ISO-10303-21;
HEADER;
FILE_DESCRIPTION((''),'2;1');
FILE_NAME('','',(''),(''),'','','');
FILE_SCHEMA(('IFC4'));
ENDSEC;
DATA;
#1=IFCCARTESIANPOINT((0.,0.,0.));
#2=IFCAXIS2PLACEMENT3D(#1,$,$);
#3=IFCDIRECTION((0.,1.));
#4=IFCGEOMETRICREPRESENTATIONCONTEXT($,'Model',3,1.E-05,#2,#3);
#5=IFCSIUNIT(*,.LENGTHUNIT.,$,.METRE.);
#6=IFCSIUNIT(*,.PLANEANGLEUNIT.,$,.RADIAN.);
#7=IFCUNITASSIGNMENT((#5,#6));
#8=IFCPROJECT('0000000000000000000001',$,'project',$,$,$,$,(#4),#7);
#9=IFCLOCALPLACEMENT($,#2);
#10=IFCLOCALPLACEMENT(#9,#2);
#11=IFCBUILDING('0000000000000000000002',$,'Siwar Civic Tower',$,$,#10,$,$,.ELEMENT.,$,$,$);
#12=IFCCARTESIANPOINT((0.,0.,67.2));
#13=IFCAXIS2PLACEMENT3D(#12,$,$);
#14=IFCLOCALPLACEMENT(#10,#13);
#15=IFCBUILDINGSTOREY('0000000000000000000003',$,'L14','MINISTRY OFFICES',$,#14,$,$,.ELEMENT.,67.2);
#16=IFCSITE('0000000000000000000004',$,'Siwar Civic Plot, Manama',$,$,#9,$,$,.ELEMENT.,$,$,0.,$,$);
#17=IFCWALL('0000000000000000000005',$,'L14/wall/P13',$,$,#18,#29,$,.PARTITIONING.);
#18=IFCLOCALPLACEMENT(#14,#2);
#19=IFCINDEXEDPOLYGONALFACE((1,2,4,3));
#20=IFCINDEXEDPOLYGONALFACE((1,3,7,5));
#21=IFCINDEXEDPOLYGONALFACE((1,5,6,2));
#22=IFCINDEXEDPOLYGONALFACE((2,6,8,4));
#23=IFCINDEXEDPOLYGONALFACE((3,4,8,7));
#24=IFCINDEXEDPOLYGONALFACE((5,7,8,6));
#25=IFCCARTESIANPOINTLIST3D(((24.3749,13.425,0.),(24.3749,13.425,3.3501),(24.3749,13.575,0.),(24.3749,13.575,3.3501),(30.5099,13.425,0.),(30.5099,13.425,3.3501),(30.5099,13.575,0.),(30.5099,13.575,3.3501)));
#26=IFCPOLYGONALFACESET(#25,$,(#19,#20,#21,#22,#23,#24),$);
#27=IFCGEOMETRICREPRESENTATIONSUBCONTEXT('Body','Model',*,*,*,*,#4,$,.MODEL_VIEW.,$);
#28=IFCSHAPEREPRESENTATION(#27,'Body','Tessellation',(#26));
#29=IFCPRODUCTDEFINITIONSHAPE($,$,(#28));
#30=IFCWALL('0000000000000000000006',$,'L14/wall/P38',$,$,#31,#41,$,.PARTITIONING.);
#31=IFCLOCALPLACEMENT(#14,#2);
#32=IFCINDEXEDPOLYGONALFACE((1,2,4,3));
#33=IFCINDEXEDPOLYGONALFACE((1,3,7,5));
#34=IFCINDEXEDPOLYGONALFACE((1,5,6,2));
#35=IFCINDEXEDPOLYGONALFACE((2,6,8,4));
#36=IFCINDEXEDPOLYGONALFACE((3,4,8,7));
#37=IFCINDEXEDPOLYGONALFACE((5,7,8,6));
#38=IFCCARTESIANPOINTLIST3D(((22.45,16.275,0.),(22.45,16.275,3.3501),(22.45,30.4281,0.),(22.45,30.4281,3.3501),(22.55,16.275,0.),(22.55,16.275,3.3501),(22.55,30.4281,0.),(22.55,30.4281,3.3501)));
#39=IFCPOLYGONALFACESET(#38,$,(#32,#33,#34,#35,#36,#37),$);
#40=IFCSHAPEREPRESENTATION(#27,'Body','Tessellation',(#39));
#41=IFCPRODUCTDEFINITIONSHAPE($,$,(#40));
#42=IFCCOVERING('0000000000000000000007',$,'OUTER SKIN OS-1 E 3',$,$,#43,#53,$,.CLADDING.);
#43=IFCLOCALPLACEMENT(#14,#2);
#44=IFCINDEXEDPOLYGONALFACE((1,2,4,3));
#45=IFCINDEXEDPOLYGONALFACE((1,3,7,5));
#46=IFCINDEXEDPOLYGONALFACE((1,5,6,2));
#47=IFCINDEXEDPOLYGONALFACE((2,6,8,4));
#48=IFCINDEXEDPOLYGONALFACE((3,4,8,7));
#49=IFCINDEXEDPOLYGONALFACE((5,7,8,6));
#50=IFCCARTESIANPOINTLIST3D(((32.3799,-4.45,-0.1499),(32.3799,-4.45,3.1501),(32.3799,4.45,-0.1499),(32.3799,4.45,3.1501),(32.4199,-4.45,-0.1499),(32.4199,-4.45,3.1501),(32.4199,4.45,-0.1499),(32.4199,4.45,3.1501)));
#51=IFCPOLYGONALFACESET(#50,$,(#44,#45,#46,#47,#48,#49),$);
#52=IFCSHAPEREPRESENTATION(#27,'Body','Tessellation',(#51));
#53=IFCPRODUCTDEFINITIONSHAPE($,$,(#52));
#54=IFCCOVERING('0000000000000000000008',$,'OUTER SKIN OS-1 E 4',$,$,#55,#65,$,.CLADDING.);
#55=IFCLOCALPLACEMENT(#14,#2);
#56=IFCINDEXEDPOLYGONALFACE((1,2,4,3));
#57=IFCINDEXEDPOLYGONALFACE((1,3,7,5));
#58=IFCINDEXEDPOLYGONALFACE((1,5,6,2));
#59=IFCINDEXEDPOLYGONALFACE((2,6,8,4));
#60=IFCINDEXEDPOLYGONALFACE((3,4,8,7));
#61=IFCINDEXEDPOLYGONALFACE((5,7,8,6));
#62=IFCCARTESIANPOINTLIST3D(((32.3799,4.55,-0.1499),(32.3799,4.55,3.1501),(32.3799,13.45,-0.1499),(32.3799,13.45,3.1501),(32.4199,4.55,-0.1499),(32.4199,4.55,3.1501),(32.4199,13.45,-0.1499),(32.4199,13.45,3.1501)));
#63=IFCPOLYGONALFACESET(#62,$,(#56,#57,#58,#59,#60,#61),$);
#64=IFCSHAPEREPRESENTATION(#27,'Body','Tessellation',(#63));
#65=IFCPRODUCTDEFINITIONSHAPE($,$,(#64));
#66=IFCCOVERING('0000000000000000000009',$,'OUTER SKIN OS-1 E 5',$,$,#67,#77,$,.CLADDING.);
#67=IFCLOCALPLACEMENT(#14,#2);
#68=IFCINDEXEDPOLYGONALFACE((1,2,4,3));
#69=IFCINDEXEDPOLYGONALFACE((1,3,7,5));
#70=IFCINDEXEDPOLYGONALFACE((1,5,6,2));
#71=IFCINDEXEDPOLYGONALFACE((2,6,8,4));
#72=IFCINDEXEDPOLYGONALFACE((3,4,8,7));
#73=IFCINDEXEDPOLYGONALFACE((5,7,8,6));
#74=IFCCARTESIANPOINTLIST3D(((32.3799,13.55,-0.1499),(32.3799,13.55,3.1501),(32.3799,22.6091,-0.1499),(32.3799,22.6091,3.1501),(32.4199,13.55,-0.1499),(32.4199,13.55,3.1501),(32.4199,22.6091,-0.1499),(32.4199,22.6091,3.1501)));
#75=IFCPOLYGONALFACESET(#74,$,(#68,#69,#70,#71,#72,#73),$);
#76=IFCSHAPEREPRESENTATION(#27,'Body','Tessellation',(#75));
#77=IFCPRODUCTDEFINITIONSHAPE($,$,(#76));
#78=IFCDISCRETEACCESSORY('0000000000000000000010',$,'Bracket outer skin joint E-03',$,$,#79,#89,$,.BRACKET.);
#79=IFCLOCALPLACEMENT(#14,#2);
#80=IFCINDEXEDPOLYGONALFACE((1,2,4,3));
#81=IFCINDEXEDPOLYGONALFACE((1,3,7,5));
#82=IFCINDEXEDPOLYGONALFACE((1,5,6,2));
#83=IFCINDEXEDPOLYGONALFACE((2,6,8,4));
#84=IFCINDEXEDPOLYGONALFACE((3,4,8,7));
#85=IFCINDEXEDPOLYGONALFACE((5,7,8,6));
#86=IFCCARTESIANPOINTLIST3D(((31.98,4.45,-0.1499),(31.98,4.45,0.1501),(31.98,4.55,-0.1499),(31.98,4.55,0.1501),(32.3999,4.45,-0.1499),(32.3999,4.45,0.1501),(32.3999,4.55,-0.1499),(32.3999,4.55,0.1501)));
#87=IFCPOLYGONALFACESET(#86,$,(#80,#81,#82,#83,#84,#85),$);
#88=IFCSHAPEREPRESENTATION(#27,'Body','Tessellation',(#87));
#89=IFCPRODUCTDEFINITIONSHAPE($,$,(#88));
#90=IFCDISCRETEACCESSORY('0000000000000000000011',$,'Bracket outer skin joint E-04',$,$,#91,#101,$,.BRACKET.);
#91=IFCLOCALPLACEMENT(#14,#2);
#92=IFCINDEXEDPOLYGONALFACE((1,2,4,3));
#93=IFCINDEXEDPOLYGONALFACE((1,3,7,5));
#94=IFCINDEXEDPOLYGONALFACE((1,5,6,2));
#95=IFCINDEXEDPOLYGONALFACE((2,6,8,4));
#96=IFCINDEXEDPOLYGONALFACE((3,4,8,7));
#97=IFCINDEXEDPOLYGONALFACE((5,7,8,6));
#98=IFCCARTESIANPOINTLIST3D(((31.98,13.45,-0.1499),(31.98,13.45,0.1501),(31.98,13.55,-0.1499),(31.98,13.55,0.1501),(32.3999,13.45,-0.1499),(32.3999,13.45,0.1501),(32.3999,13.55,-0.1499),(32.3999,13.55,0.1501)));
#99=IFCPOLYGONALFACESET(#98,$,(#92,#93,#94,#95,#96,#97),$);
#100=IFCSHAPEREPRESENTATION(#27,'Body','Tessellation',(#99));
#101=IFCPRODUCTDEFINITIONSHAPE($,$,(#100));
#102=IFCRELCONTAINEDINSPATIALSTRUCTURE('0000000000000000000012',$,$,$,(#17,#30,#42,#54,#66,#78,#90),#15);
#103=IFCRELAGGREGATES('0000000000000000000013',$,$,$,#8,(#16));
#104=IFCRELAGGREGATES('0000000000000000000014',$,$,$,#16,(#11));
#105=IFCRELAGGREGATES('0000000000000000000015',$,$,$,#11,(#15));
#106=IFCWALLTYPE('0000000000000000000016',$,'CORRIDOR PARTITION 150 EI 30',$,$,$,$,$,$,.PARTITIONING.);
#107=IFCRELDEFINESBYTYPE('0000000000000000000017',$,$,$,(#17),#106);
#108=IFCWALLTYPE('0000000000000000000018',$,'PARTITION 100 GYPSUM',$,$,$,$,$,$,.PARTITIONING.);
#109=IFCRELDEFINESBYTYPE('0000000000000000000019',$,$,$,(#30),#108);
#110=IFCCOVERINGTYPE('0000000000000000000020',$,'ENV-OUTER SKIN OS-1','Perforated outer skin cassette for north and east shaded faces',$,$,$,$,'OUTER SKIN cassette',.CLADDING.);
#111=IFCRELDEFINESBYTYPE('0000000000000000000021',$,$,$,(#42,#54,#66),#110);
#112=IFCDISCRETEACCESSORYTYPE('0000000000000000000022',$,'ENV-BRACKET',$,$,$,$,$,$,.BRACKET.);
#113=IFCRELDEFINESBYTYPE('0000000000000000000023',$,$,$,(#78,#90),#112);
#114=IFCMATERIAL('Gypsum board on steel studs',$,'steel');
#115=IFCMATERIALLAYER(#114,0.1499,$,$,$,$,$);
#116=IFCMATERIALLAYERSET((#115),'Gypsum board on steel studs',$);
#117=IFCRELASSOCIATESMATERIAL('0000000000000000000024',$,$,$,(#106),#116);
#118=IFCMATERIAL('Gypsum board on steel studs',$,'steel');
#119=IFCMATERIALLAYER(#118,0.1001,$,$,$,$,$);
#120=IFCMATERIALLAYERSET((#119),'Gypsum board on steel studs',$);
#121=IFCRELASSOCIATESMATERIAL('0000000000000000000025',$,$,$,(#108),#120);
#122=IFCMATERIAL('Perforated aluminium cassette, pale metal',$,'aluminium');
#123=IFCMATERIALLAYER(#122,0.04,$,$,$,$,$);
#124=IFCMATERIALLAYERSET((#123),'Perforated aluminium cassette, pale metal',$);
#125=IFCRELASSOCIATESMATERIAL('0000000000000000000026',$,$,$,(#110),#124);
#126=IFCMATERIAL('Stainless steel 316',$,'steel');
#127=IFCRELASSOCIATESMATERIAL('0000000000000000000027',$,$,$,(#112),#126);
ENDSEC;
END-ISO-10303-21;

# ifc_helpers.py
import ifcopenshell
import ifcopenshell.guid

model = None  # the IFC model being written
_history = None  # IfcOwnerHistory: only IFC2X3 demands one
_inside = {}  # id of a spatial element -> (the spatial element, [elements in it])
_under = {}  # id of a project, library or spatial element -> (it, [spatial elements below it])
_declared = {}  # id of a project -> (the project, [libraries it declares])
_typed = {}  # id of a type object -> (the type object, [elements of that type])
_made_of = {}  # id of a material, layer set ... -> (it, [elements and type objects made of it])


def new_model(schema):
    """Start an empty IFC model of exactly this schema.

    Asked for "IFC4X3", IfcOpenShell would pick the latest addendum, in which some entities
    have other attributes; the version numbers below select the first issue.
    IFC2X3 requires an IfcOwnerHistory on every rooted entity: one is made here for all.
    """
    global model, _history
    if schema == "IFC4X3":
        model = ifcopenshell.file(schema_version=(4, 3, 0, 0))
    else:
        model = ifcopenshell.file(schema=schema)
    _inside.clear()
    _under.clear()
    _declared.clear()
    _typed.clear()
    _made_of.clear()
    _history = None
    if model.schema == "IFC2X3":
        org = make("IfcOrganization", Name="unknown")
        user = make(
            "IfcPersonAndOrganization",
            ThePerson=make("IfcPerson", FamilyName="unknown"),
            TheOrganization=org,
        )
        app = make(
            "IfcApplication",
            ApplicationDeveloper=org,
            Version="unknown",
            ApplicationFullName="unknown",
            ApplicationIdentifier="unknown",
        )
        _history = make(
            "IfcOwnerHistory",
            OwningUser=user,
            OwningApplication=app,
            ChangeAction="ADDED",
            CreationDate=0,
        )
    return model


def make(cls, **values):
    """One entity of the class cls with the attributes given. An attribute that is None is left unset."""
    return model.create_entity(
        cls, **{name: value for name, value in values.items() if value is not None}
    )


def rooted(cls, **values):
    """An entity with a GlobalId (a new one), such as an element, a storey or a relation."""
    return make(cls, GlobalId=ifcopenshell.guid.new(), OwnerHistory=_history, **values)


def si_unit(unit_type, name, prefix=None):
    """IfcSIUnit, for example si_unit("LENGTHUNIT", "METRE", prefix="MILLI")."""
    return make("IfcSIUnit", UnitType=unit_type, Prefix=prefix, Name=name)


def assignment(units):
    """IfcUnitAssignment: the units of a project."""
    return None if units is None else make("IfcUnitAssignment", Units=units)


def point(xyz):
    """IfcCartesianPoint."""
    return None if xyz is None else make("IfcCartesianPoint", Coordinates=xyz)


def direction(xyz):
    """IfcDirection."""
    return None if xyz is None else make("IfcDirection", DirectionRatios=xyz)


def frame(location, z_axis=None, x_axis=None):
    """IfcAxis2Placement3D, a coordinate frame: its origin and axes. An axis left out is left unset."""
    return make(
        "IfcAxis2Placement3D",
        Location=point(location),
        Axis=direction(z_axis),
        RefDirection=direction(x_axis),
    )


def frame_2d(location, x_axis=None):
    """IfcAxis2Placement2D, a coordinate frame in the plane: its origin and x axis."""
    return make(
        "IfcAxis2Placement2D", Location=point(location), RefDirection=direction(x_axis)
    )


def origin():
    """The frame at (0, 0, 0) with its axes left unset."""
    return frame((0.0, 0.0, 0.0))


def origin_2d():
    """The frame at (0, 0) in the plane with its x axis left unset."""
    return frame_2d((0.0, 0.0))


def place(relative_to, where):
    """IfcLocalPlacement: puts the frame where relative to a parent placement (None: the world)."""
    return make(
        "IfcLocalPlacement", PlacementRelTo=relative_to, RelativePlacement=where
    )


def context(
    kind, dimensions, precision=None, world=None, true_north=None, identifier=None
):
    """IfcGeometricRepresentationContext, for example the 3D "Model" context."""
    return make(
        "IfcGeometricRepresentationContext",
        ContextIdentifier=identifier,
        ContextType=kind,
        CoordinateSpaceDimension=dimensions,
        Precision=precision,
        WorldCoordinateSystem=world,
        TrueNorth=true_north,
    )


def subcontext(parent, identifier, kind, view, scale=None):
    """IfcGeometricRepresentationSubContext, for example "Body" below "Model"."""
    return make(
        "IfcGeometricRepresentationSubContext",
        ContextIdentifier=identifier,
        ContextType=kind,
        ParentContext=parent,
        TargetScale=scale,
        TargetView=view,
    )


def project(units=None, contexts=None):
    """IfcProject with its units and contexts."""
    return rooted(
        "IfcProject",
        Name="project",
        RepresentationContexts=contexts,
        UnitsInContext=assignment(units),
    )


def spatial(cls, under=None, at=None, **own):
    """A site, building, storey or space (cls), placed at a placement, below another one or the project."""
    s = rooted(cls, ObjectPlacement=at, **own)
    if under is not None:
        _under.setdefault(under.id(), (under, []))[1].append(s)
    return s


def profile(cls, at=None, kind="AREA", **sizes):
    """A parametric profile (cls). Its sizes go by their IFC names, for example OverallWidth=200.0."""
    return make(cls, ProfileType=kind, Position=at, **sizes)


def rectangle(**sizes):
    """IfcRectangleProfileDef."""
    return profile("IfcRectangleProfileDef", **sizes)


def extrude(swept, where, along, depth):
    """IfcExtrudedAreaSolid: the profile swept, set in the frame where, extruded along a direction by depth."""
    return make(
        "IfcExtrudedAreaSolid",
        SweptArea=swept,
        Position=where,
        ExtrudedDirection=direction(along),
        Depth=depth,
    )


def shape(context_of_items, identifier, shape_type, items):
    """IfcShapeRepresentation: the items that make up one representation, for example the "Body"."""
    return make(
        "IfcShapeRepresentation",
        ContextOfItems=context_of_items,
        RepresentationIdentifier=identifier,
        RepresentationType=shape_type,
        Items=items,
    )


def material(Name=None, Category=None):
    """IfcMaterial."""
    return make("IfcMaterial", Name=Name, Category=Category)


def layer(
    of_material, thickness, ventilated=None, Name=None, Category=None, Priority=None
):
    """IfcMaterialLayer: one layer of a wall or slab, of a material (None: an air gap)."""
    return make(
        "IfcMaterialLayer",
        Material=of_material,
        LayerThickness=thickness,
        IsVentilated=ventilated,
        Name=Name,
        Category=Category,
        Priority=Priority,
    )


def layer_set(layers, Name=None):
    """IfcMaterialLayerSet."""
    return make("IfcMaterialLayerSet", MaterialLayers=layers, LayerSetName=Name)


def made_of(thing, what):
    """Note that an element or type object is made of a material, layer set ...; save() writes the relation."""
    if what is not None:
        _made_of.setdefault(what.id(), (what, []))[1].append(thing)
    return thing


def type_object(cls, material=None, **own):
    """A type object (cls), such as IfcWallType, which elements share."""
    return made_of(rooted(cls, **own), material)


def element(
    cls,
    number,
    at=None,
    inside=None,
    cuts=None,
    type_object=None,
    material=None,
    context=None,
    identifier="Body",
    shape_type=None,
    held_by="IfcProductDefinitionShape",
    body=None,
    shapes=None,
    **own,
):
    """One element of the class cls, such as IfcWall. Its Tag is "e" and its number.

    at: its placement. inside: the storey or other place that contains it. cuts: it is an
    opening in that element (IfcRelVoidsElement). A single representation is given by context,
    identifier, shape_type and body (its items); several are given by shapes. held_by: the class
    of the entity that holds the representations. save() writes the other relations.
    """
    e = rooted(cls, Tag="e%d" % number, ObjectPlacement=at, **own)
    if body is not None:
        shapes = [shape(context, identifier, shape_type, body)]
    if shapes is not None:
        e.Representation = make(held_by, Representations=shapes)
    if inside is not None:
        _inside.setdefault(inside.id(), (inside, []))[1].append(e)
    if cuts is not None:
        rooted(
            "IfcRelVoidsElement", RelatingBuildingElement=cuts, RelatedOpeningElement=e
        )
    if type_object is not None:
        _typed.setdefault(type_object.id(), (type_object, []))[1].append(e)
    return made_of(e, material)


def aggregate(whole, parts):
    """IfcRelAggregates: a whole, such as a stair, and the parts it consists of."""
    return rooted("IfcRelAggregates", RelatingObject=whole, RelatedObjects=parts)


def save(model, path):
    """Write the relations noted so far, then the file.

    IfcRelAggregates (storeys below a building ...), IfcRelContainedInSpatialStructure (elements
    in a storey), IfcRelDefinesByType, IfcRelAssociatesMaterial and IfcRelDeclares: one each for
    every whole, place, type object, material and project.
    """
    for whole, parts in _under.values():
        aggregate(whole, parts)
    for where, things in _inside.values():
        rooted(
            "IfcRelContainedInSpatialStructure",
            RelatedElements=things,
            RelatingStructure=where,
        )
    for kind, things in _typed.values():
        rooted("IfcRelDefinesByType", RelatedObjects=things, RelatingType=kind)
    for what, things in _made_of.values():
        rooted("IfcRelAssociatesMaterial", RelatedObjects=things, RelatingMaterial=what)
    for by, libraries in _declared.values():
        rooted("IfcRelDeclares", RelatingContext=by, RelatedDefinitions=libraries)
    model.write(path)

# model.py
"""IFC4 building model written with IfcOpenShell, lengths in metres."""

from ifc_helpers import new_model, si_unit, direction, frame, frame_2d, origin, origin_2d, place, context, subcontext, project, spatial, rectangle, extrude, material, layer, layer_set, type_object, element, save


model = new_model("IFC4")

# Units and contexts
model_context = context("Model", 3, precision=1e-05, world=origin(), true_north=direction((0.0, 1.0)))
body_context = subcontext(model_context, "Body", "Model", "MODEL_VIEW")
ifc_project = project(units=[si_unit("LENGTHUNIT", "METRE"), si_unit("PLANEANGLEUNIT", "RADIAN")], contexts=[model_context])

# Site, building, storey
site_placement = place(None, origin())
site = spatial("IfcSite", under=ifc_project, at=site_placement, Name="Siwar Civic Plot, Manama", CompositionType="ELEMENT", RefElevation=0.0)
building_placement = place(site_placement, origin())
building = spatial("IfcBuilding", under=site, at=building_placement, Name="Siwar Civic Tower", CompositionType="ELEMENT")
storey_placement = place(building_placement, frame((0.0, 0.0, 67.2)))
storey = spatial("IfcBuildingStorey", under=building, at=storey_placement, Name="L14", Description="MINISTRY OFFICES", CompositionType="ELEMENT", Elevation=67.2)

# Walls
ifc_material_1 = material(Name="Gypsum board on steel studs", Category="steel")
ifc_layer_1 = layer(ifc_material_1, 0.1499)
ifc_layer_set_1 = layer_set([ifc_layer_1], Name="Gypsum board on steel studs")
wall_type_1 = type_object("IfcWallType", Name="CORRIDOR PARTITION 150 EI 30", PredefinedType="PARTITIONING", material=ifc_layer_set_1)
wall_1_placement = place(storey_placement, frame((24.375, 13.5, 0.0), z_axis=(0.0, 0.0, 1.0), x_axis=(1.0, 0.0, 0.0)))
element("IfcWall", 1, at=wall_1_placement, inside=storey, type_object=wall_type_1, Name="L14/wall/P13", PredefinedType="PARTITIONING", context=body_context, shape_type="SweptSolid", body=[
    extrude(rectangle(XDim=6.135, YDim=0.1499, at=frame_2d((3.0674, 0.0))), origin(), (0.0, 0.0, 1.0), 3.3501),
])
ifc_material_2 = material(Name="Gypsum board on steel studs", Category="steel")
ifc_layer_2 = layer(ifc_material_2, 0.1001)
ifc_layer_set_2 = layer_set([ifc_layer_2], Name="Gypsum board on steel studs")
wall_type_2 = type_object("IfcWallType", Name="PARTITION 100 GYPSUM", PredefinedType="PARTITIONING", material=ifc_layer_set_2)
wall_2_placement = place(storey_placement, frame((22.5, 16.2749, 0.0), z_axis=(0.0, 0.0, 1.0), x_axis=(0.0, 1.0, 0.0)))
element("IfcWall", 2, at=wall_2_placement, inside=storey, type_object=wall_type_2, Name="L14/wall/P38", PredefinedType="PARTITIONING", context=body_context, shape_type="SweptSolid", body=[
    extrude(rectangle(XDim=14.1531, YDim=0.1001, at=frame_2d((7.0767, 0.0))), origin(), (0.0, 0.0, 1.0), 3.3501),
])

# Coverings
ifc_material_3 = material(Name="Perforated aluminium cassette, pale metal", Category="aluminium")
ifc_layer_3 = layer(ifc_material_3, 0.04)
ifc_layer_set_3 = layer_set([ifc_layer_3], Name="Perforated aluminium cassette, pale metal")
covering_type = type_object("IfcCoveringType", Name="ENV-OUTER SKIN OS-1", Description="Perforated outer skin cassette for north and east shaded faces", ElementType="OUTER SKIN cassette", PredefinedType="CLADDING", material=ifc_layer_set_3)
for number, where, z_axis, x_axis, name in (
    (3, (32.3999, 0.0, -0.1499), (0.0, 0.0, 1.0), (0.0, 1.0, 0.0), "OUTER SKIN OS-1 E 3"),
    (4, (32.3999, 9.0, -0.1499), (0.0, 0.0, 1.0), (0.0, 1.0, 0.0), "OUTER SKIN OS-1 E 4"),
):
    element("IfcCovering", number, at=place(storey_placement, frame(where, z_axis=z_axis, x_axis=x_axis)), inside=storey, type_object=covering_type, Name=name, PredefinedType="CLADDING", context=body_context, shape_type="SweptSolid", body=[
        extrude(rectangle(XDim=8.8999, YDim=0.04, at=origin_2d()), origin(), (0.0, 0.0, 1.0), 3.3),
    ])
covering_placement = place(storey_placement, frame((32.3999, 18.0796, -0.1499), z_axis=(0.0, 0.0, 1.0), x_axis=(0.0, 1.0, 0.0)))
element("IfcCovering", 5, at=covering_placement, inside=storey, type_object=covering_type, Name="OUTER SKIN OS-1 E 5", PredefinedType="CLADDING", context=body_context, shape_type="SweptSolid", body=[
    extrude(rectangle(XDim=9.0591, YDim=0.04, at=origin_2d()), origin(), (0.0, 0.0, 1.0), 3.3),
])

# Discrete accessories
ifc_material_4 = material(Name="Stainless steel 316", Category="steel")
discrete_accessory_type = type_object("IfcDiscreteAccessoryType", Name="ENV-BRACKET", PredefinedType="BRACKET", material=ifc_material_4)
for number, where, z_axis, x_axis, name in (
    (6, (32.1899, 4.5, -0.1499), (0.0, 0.0, 1.0), (1.0, 0.0, 0.0), "Bracket outer skin joint E-03"),
    (7, (32.1899, 13.5, -0.1499), (0.0, 0.0, 1.0), (1.0, 0.0, 0.0), "Bracket outer skin joint E-04"),
):
    element("IfcDiscreteAccessory", number, at=place(storey_placement, frame(where, z_axis=z_axis, x_axis=x_axis)), inside=storey, type_object=discrete_accessory_type, Name=name, PredefinedType="BRACKET", context=body_context, shape_type="SweptSolid", body=[
        extrude(rectangle(XDim=0.4199, YDim=0.1001, at=origin_2d()), origin(), (0.0, 0.0, 1.0), 0.3),
    ])

save(model, "model.ifc")
